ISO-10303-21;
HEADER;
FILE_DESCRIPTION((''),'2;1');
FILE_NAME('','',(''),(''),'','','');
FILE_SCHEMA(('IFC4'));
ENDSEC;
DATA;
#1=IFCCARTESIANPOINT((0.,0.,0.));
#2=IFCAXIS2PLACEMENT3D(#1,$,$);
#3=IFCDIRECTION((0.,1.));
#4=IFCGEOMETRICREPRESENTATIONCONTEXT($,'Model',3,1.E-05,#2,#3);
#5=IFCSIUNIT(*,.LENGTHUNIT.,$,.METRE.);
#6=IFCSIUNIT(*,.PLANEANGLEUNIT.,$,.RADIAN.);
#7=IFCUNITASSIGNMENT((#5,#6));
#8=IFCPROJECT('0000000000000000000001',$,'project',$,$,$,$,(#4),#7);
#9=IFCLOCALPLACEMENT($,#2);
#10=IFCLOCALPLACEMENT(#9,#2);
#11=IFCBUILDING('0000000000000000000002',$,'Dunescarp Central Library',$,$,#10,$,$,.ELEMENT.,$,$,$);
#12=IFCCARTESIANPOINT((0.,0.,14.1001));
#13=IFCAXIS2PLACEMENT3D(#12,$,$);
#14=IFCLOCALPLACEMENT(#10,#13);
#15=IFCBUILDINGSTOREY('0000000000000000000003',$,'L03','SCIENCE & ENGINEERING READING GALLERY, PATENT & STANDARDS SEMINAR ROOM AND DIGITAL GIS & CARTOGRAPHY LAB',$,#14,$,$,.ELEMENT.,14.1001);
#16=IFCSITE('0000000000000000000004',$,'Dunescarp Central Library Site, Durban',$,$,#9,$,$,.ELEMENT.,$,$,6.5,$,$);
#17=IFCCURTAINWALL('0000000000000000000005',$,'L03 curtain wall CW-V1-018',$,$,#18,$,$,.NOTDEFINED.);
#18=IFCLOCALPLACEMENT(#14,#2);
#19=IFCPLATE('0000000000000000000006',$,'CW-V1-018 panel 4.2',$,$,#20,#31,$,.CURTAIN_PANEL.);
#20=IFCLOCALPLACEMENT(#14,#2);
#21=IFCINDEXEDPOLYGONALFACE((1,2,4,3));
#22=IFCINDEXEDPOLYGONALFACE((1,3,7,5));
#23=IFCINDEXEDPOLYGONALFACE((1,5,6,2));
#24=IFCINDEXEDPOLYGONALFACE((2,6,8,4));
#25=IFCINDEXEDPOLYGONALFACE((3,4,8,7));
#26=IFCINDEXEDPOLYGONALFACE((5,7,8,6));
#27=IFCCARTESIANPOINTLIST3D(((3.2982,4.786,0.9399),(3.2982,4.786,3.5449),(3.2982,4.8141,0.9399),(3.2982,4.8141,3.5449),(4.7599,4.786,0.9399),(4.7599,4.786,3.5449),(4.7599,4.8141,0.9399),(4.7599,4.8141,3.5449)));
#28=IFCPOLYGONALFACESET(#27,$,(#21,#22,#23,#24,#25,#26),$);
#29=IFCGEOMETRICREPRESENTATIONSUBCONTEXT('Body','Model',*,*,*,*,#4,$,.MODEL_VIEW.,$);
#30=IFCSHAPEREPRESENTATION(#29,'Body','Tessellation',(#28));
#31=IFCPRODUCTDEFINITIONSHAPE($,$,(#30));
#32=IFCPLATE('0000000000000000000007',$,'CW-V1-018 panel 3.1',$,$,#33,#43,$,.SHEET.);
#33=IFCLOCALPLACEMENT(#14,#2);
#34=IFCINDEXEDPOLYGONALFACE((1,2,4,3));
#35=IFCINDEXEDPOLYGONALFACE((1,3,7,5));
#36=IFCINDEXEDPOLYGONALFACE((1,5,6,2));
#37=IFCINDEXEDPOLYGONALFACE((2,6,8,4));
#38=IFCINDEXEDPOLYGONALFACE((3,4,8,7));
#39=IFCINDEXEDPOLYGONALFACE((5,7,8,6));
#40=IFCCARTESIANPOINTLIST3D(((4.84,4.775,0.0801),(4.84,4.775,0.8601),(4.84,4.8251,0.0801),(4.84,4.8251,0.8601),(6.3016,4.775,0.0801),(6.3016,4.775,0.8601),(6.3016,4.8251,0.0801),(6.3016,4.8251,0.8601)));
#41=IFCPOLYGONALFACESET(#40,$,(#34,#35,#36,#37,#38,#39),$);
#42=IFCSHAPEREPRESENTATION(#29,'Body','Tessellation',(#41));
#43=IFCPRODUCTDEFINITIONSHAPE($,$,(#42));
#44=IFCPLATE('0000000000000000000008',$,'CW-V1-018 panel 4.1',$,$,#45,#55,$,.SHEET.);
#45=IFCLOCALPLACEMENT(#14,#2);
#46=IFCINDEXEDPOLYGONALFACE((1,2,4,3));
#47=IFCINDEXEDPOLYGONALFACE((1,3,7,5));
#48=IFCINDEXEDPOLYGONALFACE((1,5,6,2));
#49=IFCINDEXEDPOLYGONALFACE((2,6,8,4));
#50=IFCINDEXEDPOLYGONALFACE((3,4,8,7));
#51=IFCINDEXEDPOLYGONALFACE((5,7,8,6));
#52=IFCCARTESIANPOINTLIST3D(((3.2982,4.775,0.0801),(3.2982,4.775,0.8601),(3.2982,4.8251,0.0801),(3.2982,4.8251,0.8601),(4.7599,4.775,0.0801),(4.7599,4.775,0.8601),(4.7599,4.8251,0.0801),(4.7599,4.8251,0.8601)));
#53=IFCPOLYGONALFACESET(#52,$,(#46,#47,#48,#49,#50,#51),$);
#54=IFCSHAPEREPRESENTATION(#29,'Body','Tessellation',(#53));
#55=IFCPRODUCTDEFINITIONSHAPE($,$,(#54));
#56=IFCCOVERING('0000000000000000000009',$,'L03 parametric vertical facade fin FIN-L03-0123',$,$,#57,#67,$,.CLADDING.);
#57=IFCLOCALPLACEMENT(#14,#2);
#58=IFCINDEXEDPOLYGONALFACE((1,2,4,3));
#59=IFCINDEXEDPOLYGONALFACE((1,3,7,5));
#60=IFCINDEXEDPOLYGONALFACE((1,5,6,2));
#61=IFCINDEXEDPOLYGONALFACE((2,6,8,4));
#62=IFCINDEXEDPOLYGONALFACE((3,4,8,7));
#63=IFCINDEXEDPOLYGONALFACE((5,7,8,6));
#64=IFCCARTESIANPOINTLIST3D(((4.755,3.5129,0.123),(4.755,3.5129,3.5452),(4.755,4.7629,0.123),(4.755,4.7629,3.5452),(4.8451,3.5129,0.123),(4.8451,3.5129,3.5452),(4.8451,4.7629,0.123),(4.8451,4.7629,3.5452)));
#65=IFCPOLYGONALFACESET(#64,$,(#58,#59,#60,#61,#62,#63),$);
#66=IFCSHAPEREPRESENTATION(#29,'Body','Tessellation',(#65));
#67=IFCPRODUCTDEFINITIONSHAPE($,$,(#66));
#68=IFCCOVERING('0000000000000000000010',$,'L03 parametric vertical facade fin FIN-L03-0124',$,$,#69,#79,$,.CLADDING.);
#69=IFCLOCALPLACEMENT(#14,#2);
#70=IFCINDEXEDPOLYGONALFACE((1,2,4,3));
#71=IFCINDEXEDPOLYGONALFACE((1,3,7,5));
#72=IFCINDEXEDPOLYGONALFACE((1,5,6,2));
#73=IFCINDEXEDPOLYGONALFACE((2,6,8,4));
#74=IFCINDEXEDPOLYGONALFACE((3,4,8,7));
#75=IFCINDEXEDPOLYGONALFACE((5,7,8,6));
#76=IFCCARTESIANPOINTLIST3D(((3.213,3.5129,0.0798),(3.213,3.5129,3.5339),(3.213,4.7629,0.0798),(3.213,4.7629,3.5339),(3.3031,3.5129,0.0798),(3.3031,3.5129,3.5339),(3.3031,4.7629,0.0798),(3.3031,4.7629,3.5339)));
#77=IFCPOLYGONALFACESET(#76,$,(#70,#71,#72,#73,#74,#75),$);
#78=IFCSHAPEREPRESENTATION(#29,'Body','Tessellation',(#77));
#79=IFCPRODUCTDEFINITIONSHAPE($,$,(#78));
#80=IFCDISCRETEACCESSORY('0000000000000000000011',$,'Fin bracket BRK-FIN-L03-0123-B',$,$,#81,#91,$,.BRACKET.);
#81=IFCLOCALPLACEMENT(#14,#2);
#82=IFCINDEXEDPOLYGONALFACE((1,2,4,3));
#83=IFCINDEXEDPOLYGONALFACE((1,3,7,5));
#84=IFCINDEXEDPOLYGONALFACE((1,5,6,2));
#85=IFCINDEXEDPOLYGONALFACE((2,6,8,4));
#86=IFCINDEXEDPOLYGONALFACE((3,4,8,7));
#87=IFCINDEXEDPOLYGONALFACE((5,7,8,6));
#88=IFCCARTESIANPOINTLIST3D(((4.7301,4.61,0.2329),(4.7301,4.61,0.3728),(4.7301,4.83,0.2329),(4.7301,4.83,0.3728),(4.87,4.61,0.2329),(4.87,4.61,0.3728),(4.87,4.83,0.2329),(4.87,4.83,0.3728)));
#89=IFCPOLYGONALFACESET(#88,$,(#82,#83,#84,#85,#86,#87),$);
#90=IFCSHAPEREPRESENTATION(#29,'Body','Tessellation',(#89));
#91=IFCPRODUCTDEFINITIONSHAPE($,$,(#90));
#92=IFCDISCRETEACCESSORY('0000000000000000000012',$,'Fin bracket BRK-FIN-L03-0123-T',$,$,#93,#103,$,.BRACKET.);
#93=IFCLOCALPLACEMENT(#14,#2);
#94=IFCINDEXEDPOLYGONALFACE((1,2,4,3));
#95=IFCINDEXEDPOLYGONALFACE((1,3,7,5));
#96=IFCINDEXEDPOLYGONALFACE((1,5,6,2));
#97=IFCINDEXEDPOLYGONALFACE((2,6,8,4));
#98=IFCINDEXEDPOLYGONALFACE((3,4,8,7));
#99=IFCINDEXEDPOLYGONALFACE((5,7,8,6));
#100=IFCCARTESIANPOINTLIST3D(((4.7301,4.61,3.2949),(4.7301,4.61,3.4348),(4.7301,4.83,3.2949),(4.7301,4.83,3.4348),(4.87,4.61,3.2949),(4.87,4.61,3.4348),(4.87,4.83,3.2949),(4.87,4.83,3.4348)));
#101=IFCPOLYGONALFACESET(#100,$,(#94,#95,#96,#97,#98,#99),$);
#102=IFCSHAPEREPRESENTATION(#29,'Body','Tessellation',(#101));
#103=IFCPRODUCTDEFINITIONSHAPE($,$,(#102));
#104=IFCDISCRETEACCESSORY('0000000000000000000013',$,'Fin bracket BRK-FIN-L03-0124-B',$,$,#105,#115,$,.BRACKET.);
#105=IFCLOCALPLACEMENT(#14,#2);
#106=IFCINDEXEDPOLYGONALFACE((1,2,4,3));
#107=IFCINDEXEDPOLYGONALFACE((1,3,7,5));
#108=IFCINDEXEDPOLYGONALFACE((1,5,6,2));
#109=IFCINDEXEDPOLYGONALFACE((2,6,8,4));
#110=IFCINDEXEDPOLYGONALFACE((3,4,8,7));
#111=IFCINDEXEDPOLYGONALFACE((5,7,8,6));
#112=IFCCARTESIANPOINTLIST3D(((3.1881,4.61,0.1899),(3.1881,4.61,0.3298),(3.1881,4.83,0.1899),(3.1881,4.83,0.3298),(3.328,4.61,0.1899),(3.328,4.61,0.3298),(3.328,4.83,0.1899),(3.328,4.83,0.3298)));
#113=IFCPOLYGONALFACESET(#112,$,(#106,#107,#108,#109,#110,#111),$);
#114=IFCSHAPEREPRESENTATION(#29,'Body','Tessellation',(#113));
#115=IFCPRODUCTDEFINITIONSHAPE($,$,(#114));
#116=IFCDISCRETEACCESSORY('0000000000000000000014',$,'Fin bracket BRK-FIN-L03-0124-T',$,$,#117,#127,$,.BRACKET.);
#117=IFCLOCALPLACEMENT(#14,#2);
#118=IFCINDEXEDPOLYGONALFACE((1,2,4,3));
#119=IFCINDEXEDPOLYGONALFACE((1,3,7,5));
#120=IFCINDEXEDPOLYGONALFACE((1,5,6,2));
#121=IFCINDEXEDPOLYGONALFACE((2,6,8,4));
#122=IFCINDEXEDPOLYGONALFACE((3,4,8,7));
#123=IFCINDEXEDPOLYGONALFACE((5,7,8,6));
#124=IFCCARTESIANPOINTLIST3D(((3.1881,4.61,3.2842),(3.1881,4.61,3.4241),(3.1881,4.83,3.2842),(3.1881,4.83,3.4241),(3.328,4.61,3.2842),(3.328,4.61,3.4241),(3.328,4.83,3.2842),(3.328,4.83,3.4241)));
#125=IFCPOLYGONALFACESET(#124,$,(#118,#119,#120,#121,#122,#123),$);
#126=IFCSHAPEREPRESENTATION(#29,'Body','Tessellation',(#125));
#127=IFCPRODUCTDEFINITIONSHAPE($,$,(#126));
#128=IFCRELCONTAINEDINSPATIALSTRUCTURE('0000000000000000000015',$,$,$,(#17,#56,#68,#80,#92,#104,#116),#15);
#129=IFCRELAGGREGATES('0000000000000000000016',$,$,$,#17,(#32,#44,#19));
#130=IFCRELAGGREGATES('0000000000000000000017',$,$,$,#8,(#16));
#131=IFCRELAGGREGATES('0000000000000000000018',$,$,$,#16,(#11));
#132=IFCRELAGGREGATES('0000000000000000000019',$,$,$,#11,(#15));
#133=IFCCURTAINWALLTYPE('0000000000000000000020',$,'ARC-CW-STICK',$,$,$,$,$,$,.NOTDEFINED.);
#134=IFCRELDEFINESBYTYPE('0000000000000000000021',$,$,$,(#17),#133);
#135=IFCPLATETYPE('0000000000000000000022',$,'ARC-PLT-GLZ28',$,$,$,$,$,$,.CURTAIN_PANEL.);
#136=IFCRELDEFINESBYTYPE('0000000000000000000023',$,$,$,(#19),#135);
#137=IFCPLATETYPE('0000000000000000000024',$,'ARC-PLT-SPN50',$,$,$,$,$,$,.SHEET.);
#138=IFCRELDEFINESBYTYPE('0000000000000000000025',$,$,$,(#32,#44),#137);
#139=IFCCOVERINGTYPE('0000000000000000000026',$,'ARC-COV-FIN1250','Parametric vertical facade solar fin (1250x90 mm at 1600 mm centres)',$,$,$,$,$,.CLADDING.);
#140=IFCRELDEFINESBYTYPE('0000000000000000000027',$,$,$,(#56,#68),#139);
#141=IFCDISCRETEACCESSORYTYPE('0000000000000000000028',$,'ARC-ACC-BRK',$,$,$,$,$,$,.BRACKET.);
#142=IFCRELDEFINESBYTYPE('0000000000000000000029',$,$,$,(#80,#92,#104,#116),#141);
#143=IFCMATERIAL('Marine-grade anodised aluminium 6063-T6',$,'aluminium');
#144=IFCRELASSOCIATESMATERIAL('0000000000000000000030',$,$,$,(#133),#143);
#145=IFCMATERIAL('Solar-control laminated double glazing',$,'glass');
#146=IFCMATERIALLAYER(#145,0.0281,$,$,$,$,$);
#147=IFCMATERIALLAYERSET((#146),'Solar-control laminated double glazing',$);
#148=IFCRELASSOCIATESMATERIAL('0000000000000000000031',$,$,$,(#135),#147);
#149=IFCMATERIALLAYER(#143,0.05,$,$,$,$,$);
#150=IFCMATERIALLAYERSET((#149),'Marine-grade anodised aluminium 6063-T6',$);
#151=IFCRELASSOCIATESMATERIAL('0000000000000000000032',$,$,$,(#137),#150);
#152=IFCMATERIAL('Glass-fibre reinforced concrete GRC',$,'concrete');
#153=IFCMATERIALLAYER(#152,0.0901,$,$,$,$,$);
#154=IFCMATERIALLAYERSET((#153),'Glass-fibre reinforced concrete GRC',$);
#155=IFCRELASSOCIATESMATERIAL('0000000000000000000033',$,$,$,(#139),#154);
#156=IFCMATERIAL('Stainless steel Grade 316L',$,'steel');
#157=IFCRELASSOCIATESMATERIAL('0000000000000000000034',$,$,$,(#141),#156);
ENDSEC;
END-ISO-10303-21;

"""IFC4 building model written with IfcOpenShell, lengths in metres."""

from ifc_helpers import new_model, si_unit, direction, frame, origin, origin_2d, place, context, subcontext, project, spatial, rectangle, extrude, material, layer, layer_set, type_object, element, aggregate, save


model = new_model("IFC4")

# Units and contexts
model_context = context("Model", 3, precision=1e-05, world=origin(), true_north=direction((0.0, 1.0)))
body_context = subcontext(model_context, "Body", "Model", "MODEL_VIEW")
ifc_project = project(units=[si_unit("LENGTHUNIT", "METRE"), si_unit("PLANEANGLEUNIT", "RADIAN")], contexts=[model_context])

# Site, building, storey
site_placement = place(None, origin())
site = spatial("IfcSite", under=ifc_project, at=site_placement, Name="Dunescarp Central Library Site, Durban", CompositionType="ELEMENT", RefElevation=6.5)
building_placement = place(site_placement, origin())
building = spatial("IfcBuilding", under=site, at=building_placement, Name="Dunescarp Central Library", CompositionType="ELEMENT")
storey_placement = place(building_placement, frame((0.0, 0.0, 14.1001)))
storey = spatial("IfcBuildingStorey", under=building, at=storey_placement, Name="L03", Description="SCIENCE & ENGINEERING READING GALLERY, PATENT & STANDARDS SEMINAR ROOM AND DIGITAL GIS & CARTOGRAPHY LAB", CompositionType="ELEMENT", Elevation=14.1001)

# Curtain wall, plates
ifc_material_1 = material(Name="Marine-grade anodised aluminium 6063-T6", Category="aluminium")
curtain_wall_type = type_object("IfcCurtainWallType", Name="ARC-CW-STICK", PredefinedType="NOTDEFINED", material=ifc_material_1)
curtain_wall_placement = place(storey_placement, origin())
curtain_wall = element("IfcCurtainWall", 1, at=curtain_wall_placement, inside=storey, type_object=curtain_wall_type, Name="L03 curtain wall CW-V1-018", PredefinedType="NOTDEFINED")
ifc_material_2 = material(Name="Solar-control laminated double glazing", Category="glass")
ifc_layer_1 = layer(ifc_material_2, 0.0281)
ifc_layer_set_1 = layer_set([ifc_layer_1], Name="Solar-control laminated double glazing")
plate_type_1 = type_object("IfcPlateType", Name="ARC-PLT-GLZ28", PredefinedType="CURTAIN_PANEL", material=ifc_layer_set_1)
plate_1_placement = place(storey_placement, frame((4.0291, 4.8, 0.9399), z_axis=(0.0, 0.0, 1.0), x_axis=(-1.0, 0.0, 0.0)))
plate_1 = element("IfcPlate", 2, at=plate_1_placement, type_object=plate_type_1, Name="CW-V1-018 panel 4.2", PredefinedType="CURTAIN_PANEL", context=body_context, shape_type="SweptSolid", body=[
    extrude(rectangle(XDim=1.4617, YDim=0.0281, at=origin_2d()), origin(), (0.0, 0.0, 1.0), 2.605),
])
ifc_layer_2 = layer(ifc_material_1, 0.05)
ifc_layer_set_2 = layer_set([ifc_layer_2], Name="Marine-grade anodised aluminium 6063-T6")
plate_type_2 = type_object("IfcPlateType", Name="ARC-PLT-SPN50", PredefinedType="SHEET", material=ifc_layer_set_2)
plate_2_placement = place(storey_placement, frame((5.5708, 4.8, 0.0801), z_axis=(0.0, 0.0, 1.0), x_axis=(-1.0, 0.0, 0.0)))
plate_2 = element("IfcPlate", 3, at=plate_2_placement, type_object=plate_type_2, Name="CW-V1-018 panel 3.1", PredefinedType="SHEET", context=body_context, shape_type="SweptSolid", body=[
    extrude(rectangle(XDim=1.4617, YDim=0.05, at=origin_2d()), origin(), (0.0, 0.0, 1.0), 0.78),
])
plate_3_placement = place(storey_placement, frame((4.0291, 4.8, 0.0801), z_axis=(0.0, 0.0, 1.0), x_axis=(-1.0, 0.0, 0.0)))
plate_3 = element("IfcPlate", 4, at=plate_3_placement, type_object=plate_type_2, Name="CW-V1-018 panel 4.1", PredefinedType="SHEET", context=body_context, shape_type="SweptSolid", body=[
    extrude(rectangle(XDim=1.4617, YDim=0.05, at=origin_2d()), origin(), (0.0, 0.0, 1.0), 0.78),
])
aggregate(curtain_wall, [plate_2, plate_3, plate_1])

# Coverings
ifc_material_3 = material(Name="Glass-fibre reinforced concrete GRC", Category="concrete")
ifc_layer_3 = layer(ifc_material_3, 0.0901)
ifc_layer_set_3 = layer_set([ifc_layer_3], Name="Glass-fibre reinforced concrete GRC")
covering_type = type_object("IfcCoveringType", Name="ARC-COV-FIN1250", Description="Parametric vertical facade solar fin (1250x90 mm at 1600 mm centres)", PredefinedType="CLADDING", material=ifc_layer_set_3)
covering_1_placement = place(storey_placement, frame((4.8, 4.1379, 0.123), z_axis=(0.0, 0.0, 1.0), x_axis=(0.0, -1.0, 0.0)))
element("IfcCovering", 5, at=covering_1_placement, inside=storey, type_object=covering_type, Name="L03 parametric vertical facade fin FIN-L03-0123", PredefinedType="CLADDING", context=body_context, shape_type="SweptSolid", body=[
    extrude(rectangle(XDim=1.25, YDim=0.0901, at=origin_2d()), origin(), (0.0, 0.0, 1.0), 3.4221),
])
covering_2_placement = place(storey_placement, frame((3.2581, 4.1379, 0.0798), z_axis=(0.0, 0.0, 1.0), x_axis=(0.0, -1.0, 0.0)))
element("IfcCovering", 6, at=covering_2_placement, inside=storey, type_object=covering_type, Name="L03 parametric vertical facade fin FIN-L03-0124", PredefinedType="CLADDING", context=body_context, shape_type="SweptSolid", body=[
    extrude(rectangle(XDim=1.25, YDim=0.0901, at=origin_2d()), origin(), (0.0, 0.0, 1.0), 3.4541),
])

# Discrete accessories
ifc_material_4 = material(Name="Stainless steel Grade 316L", Category="steel")
discrete_accessory_type = type_object("IfcDiscreteAccessoryType", Name="ARC-ACC-BRK", PredefinedType="BRACKET", material=ifc_material_4)
for number, where, z_axis, x_axis, name in (
    (7, (4.8, 4.72, 0.2329), (0.0, 0.0, 1.0), (0.0, -1.0, 0.0), "Fin bracket BRK-FIN-L03-0123-B"),
    (8, (4.8, 4.72, 3.2949), (0.0, 0.0, 1.0), (0.0, -1.0, 0.0), "Fin bracket BRK-FIN-L03-0123-T"),
    (9, (3.2581, 4.72, 0.1899), (0.0, 0.0, 1.0), (0.0, -1.0, 0.0), "Fin bracket BRK-FIN-L03-0124-B"),
    (10, (3.2581, 4.72, 3.2842), (0.0, 0.0, 1.0), (0.0, -1.0, 0.0), "Fin bracket BRK-FIN-L03-0124-T"),
):
    element("IfcDiscreteAccessory", number, at=place(storey_placement, frame(where, z_axis=z_axis, x_axis=x_axis)), inside=storey, type_object=discrete_accessory_type, Name=name, PredefinedType="BRACKET", context=body_context, shape_type="SweptSolid", body=[
        extrude(rectangle(XDim=0.22, YDim=0.1399, at=origin_2d()), origin(), (0.0, 0.0, 1.0), 0.1399),
    ])

save(model, "model.ifc")
